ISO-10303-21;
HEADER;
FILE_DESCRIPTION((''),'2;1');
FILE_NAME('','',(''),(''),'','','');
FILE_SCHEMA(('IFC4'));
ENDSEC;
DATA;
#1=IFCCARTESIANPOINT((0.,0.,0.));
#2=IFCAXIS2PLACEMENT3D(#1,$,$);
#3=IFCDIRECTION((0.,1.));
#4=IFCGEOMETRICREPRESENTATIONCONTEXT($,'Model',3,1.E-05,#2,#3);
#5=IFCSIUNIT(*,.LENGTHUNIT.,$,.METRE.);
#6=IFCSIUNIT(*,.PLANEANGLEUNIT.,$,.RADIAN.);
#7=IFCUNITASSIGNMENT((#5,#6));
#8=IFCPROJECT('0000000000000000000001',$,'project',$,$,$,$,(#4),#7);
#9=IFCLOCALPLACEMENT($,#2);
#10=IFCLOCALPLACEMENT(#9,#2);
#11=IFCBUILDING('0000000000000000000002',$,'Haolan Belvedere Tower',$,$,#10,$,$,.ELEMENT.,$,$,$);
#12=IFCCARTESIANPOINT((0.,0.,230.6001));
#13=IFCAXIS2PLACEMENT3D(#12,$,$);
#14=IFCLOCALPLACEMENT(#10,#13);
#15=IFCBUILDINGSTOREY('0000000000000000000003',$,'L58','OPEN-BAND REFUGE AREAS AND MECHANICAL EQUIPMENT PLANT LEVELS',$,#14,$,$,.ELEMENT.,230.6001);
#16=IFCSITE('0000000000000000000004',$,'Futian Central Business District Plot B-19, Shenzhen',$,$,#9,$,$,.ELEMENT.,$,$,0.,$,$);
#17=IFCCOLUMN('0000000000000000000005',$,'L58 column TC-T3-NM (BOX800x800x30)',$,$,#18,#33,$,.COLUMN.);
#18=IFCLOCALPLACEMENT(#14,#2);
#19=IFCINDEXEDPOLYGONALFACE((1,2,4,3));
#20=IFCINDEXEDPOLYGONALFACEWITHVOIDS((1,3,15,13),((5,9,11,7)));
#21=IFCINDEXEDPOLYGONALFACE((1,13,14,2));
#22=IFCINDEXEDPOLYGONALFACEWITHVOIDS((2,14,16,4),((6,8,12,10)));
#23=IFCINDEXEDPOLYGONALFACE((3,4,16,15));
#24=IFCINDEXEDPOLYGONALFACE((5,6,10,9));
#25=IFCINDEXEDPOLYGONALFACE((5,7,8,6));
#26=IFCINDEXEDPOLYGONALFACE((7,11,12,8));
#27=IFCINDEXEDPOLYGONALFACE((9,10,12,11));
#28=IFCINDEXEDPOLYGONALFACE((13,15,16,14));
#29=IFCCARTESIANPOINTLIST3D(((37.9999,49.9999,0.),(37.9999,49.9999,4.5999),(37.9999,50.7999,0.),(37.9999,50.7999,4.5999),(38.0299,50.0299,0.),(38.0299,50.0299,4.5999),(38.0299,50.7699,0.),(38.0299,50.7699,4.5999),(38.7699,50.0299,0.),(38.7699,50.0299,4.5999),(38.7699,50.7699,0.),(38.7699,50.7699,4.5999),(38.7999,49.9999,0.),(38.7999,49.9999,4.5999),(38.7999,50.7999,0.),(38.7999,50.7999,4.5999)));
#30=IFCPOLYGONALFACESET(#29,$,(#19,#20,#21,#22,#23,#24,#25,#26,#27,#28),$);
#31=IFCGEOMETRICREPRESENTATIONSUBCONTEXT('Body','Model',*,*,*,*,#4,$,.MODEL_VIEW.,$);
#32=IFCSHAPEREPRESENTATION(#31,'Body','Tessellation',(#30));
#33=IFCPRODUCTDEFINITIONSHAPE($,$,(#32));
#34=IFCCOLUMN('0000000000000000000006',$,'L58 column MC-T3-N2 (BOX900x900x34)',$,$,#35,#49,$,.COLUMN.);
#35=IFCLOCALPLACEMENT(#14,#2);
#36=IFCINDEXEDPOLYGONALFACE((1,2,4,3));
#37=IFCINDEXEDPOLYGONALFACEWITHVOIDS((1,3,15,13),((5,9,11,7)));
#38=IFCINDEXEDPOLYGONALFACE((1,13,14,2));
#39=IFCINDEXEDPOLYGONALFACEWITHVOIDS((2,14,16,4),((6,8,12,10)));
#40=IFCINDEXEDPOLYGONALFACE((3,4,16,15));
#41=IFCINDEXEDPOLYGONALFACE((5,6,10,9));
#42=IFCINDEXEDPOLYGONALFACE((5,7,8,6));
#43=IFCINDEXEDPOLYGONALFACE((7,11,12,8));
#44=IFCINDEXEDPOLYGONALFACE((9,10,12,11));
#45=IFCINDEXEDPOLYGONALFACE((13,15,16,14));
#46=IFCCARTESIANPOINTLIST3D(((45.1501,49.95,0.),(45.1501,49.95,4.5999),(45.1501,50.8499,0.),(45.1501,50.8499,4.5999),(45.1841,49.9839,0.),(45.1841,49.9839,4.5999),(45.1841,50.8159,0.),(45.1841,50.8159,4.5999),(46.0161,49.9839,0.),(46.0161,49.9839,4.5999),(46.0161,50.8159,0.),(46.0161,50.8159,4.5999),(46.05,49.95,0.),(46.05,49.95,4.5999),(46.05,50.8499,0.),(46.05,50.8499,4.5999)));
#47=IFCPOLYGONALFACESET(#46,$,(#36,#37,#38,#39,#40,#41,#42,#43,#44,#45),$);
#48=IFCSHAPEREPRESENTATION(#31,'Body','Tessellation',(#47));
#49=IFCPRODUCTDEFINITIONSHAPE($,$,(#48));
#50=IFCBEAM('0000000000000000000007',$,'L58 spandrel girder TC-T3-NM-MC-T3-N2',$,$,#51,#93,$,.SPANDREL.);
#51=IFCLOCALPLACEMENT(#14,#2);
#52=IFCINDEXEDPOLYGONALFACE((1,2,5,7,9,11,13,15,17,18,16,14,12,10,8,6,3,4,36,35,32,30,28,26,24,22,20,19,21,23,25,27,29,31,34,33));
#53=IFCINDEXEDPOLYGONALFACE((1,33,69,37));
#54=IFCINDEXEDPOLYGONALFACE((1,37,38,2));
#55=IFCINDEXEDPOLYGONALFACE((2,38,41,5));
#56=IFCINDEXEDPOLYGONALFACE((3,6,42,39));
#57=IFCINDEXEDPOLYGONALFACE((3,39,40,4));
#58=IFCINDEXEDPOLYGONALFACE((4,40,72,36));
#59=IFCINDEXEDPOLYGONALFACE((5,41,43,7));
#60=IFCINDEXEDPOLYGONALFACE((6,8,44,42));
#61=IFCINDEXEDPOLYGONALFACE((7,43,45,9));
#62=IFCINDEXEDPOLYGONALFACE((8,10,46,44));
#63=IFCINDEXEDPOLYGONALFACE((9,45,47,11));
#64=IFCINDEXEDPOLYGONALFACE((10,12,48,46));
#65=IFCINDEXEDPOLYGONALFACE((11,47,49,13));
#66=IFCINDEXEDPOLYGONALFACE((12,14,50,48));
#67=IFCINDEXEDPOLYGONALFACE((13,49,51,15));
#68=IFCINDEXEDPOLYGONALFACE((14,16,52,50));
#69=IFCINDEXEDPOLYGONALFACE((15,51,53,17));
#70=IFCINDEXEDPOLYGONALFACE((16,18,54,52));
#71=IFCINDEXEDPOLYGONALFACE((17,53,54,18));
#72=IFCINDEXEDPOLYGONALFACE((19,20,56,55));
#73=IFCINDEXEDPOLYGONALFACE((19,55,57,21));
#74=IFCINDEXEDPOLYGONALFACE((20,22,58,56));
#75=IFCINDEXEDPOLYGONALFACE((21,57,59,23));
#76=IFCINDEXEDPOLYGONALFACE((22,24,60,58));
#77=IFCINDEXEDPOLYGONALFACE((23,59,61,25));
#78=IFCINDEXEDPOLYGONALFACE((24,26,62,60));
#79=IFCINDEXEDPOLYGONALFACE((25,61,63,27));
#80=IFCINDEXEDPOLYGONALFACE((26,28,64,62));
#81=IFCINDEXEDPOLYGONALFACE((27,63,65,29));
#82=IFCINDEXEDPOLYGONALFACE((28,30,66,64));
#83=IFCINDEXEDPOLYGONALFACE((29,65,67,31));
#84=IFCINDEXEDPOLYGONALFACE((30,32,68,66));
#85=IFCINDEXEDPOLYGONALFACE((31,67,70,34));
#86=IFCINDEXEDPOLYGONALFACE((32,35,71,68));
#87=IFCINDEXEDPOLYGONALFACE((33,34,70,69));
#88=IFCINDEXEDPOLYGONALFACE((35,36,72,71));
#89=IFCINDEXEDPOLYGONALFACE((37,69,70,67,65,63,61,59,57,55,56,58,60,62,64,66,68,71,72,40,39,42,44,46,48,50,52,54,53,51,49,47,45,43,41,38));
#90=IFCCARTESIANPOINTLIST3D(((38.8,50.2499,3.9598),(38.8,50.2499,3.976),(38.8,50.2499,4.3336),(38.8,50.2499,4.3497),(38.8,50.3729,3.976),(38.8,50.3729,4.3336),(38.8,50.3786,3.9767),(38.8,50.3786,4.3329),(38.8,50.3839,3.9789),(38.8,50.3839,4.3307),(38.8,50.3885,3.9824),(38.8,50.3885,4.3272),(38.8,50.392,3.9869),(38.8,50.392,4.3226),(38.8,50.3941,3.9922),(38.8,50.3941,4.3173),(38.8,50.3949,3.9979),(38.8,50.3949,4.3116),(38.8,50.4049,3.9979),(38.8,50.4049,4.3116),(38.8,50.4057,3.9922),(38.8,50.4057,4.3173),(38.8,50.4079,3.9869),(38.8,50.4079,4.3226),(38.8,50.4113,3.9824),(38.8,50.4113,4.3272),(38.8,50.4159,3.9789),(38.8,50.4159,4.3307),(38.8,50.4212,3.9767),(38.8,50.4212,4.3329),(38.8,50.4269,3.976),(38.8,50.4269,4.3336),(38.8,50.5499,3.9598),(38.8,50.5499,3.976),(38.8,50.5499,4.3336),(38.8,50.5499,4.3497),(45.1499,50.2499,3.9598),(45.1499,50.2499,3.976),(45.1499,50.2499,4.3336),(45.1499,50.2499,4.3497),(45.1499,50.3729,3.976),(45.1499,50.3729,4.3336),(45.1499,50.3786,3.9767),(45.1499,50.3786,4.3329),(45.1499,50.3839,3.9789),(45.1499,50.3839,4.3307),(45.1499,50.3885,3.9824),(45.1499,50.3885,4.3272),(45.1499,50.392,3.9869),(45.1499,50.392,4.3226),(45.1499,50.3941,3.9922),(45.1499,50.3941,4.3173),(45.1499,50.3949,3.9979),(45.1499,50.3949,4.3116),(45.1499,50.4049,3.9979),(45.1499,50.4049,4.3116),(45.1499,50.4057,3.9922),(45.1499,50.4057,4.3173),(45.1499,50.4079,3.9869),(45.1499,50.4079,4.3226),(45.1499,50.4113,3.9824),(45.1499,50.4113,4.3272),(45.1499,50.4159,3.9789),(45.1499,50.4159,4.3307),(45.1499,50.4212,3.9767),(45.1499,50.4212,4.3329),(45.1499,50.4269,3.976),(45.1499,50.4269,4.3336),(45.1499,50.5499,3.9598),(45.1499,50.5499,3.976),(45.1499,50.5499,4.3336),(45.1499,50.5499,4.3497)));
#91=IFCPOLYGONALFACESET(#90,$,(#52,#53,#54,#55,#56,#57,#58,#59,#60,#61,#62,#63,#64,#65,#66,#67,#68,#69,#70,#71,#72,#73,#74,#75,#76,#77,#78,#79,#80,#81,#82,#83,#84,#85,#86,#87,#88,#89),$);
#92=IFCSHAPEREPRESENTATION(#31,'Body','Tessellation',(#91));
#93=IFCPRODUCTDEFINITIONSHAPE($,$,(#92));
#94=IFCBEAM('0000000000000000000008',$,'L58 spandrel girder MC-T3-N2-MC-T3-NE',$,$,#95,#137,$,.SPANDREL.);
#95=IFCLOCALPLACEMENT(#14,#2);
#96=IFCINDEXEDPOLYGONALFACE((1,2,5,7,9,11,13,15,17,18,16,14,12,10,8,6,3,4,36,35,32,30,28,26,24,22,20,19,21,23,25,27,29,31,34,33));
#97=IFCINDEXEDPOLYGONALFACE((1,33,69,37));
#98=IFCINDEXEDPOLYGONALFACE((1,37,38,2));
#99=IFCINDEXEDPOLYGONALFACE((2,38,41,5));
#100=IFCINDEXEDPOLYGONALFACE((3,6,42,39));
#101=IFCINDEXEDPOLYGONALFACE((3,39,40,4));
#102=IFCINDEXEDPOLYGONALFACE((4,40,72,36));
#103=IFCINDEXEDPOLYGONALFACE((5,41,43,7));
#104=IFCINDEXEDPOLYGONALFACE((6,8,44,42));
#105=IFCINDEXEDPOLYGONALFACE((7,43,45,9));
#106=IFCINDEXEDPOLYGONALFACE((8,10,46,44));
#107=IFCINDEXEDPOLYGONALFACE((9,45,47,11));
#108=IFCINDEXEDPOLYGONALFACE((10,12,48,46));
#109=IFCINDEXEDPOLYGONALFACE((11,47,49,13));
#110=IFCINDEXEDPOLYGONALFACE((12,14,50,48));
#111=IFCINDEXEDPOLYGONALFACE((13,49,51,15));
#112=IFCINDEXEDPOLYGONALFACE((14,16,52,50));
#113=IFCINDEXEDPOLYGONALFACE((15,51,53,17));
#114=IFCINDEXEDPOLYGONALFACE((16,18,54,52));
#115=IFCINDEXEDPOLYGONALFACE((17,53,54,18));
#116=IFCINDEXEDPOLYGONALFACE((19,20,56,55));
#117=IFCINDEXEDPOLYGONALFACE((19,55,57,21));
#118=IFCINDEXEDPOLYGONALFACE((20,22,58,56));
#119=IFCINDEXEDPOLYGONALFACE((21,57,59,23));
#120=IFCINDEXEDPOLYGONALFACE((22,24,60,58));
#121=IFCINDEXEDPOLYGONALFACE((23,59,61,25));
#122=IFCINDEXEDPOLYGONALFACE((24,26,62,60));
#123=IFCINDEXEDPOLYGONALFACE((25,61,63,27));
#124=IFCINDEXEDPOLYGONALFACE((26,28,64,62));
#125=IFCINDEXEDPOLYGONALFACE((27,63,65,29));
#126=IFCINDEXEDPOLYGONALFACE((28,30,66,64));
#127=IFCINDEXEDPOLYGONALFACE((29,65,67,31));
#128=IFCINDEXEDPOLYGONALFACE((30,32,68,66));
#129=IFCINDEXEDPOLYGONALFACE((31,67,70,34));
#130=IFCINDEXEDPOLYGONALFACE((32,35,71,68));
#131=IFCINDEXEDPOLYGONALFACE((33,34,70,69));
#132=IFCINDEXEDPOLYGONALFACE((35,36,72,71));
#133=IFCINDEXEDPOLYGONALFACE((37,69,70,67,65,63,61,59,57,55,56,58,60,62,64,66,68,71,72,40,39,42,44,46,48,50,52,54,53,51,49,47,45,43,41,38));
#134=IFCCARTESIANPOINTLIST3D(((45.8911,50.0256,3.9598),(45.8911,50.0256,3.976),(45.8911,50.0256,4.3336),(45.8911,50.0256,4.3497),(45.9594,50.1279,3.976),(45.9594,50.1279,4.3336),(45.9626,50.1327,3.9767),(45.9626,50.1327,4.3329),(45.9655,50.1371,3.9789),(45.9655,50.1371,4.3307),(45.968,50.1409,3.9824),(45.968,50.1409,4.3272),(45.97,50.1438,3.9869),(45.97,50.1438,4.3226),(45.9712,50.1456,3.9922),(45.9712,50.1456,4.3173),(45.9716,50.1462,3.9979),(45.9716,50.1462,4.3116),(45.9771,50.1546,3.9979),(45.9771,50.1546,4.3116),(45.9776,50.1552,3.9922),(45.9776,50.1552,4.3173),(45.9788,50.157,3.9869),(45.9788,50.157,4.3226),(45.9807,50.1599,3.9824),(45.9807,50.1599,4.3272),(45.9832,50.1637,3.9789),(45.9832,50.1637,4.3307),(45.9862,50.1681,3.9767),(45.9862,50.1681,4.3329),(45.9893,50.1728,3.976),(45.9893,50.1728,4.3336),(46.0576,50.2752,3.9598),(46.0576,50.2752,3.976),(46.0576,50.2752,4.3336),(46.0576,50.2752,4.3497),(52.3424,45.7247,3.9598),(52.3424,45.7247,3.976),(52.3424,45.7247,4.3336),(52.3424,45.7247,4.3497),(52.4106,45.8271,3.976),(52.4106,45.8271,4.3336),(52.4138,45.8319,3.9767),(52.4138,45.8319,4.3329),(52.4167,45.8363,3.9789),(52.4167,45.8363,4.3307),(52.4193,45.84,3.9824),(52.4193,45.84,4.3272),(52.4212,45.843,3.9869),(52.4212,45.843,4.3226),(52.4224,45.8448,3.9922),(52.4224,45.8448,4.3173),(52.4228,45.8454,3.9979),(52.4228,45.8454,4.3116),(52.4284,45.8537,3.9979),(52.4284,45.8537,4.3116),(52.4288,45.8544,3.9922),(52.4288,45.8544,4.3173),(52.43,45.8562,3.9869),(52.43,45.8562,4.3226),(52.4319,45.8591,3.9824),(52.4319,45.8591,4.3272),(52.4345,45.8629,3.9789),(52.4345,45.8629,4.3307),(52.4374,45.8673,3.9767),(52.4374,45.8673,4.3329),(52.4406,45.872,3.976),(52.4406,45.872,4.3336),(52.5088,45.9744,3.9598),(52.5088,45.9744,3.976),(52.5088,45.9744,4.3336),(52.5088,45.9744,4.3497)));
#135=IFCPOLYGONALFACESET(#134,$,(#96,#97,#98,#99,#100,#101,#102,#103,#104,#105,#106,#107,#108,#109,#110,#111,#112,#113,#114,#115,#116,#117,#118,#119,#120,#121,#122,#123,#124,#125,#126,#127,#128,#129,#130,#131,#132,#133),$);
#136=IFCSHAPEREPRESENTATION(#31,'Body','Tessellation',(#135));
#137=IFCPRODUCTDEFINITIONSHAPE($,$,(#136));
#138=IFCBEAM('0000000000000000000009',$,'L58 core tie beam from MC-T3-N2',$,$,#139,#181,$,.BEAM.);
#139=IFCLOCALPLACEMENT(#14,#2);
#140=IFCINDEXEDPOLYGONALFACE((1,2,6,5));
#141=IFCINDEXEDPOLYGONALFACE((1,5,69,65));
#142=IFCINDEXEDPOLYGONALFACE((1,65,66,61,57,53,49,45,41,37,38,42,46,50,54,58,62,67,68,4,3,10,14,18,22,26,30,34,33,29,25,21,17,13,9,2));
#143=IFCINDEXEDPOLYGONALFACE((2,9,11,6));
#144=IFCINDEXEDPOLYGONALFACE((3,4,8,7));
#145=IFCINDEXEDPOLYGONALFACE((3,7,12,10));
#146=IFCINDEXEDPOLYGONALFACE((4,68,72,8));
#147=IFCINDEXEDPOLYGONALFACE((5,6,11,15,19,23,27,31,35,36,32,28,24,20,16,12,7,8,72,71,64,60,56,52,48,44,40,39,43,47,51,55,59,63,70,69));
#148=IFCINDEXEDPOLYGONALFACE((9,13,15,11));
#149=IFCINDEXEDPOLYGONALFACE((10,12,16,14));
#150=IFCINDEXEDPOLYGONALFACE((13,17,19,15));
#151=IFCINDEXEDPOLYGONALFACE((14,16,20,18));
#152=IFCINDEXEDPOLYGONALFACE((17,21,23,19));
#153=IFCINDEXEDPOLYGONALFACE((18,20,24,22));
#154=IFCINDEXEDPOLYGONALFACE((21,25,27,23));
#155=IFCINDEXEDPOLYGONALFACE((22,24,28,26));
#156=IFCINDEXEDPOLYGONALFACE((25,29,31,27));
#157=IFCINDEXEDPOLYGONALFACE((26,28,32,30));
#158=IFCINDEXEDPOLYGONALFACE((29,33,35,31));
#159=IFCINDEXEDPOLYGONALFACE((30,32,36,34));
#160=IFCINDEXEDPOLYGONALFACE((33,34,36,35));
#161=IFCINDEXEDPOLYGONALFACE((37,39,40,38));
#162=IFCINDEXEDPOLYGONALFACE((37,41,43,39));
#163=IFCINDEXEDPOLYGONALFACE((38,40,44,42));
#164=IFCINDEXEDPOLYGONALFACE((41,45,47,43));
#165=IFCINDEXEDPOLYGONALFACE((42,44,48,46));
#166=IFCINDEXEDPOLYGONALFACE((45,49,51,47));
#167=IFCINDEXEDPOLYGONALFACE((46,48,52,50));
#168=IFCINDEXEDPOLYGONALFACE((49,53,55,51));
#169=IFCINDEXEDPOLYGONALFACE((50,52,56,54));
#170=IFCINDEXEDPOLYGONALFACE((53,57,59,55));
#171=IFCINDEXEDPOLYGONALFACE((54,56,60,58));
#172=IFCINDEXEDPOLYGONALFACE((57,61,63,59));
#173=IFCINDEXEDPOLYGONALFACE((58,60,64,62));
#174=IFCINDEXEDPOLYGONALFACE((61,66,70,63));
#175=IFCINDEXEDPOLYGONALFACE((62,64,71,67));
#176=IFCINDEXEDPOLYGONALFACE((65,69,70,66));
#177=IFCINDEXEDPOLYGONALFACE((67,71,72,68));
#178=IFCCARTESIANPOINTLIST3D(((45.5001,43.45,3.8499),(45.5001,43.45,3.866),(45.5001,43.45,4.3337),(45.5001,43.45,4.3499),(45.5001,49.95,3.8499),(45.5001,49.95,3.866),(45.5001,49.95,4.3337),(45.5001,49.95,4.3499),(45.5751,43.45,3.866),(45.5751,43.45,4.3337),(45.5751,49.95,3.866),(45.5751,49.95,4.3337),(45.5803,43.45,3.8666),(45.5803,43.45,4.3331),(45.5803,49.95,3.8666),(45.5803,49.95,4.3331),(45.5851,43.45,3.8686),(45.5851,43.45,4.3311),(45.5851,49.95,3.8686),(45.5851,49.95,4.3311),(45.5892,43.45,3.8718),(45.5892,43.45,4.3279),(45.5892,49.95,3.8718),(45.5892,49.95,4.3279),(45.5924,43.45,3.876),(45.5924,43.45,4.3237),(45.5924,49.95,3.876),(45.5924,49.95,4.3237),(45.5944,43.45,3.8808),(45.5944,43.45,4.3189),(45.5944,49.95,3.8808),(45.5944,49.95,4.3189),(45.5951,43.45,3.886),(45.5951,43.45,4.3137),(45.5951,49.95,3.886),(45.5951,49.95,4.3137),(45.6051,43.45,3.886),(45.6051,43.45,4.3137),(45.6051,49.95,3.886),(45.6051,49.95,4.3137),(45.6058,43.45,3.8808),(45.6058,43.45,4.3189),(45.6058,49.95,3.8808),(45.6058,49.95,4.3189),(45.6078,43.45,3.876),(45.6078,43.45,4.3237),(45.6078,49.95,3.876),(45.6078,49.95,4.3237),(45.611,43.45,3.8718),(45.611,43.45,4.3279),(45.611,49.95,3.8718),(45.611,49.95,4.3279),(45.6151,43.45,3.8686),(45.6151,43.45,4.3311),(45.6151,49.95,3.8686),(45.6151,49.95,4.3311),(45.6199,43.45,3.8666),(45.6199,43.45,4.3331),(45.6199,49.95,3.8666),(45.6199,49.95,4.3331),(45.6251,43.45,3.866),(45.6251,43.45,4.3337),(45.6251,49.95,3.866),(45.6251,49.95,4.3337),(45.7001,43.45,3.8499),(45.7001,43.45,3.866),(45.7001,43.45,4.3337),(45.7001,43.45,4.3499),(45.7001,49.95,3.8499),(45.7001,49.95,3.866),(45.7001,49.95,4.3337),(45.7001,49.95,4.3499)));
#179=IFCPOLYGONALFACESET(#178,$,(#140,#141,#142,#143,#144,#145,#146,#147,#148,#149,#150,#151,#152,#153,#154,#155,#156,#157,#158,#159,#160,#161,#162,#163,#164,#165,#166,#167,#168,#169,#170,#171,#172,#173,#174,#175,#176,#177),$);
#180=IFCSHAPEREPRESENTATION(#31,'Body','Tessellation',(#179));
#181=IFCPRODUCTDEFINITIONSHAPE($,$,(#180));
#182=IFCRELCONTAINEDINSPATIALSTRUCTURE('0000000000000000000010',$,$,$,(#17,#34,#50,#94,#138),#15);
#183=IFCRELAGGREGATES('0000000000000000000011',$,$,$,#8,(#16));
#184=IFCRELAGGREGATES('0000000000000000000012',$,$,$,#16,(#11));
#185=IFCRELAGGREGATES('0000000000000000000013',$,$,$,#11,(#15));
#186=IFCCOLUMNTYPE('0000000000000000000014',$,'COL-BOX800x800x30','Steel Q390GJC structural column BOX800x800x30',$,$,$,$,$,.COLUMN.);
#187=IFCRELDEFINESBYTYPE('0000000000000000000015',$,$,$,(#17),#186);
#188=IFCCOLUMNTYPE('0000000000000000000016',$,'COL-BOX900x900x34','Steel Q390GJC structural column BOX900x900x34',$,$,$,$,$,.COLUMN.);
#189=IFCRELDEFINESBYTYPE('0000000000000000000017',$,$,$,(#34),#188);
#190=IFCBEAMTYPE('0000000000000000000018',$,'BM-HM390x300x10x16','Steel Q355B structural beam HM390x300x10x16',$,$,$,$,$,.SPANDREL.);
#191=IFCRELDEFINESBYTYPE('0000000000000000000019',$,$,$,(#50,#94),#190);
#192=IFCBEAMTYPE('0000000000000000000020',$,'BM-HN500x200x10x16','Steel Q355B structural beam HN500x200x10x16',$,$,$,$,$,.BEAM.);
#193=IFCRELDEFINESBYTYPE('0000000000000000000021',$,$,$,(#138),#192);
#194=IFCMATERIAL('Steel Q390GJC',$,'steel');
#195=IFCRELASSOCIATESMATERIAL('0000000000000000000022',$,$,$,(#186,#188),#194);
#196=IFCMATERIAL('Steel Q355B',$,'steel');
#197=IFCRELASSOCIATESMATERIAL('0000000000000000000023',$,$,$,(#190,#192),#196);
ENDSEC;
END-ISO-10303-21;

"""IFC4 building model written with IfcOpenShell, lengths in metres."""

from ifc_helpers import new_model, si_unit, direction, frame, origin, origin_2d, place, context, subcontext, project, spatial, hollow_rectangle, i_section, extrude, material, material_profile, profile_set, type_object, element, save


model = new_model("IFC4")

# Units and contexts
model_context = context("Model", 3, precision=1e-05, world=origin(), true_north=direction((0.0, 1.0)))
body_context = subcontext(model_context, "Body", "Model", "MODEL_VIEW")
ifc_project = project(units=[si_unit("LENGTHUNIT", "METRE"), si_unit("PLANEANGLEUNIT", "RADIAN")], contexts=[model_context])

# Site, building, storey
site_placement = place(None, origin())
site = spatial("IfcSite", under=ifc_project, at=site_placement, Name="Futian Central Business District Plot B-19, Shenzhen", CompositionType="ELEMENT", RefElevation=0.0)
building_placement = place(site_placement, origin())
building = spatial("IfcBuilding", under=site, at=building_placement, Name="Haolan Belvedere Tower", CompositionType="ELEMENT")
storey_placement = place(building_placement, frame((0.0, 0.0, 230.6001)))
storey = spatial("IfcBuildingStorey", under=building, at=storey_placement, Name="L58", Description="OPEN-BAND REFUGE AREAS AND MECHANICAL EQUIPMENT PLANT LEVELS", CompositionType="ELEMENT", Elevation=230.6001)

# Columns
ifc_material_1 = material(Name="Steel Q390GJC", Category="steel")
ifc_material_profile_1 = material_profile(ifc_material_1, hollow_rectangle(XDim=0.8, YDim=0.8, WallThickness=0.03, at=origin_2d()), Name="Steel Q390GJC")
ifc_profile_set_1 = profile_set([ifc_material_profile_1], Name="Steel Q390GJC")
column_type_1 = type_object("IfcColumnType", Name="COL-BOX800x800x30", Description="Steel Q390GJC structural column BOX800x800x30", PredefinedType="COLUMN", material=ifc_profile_set_1)
column_1_placement = place(storey_placement, frame((38.3999, 50.3999, 0.0), z_axis=(0.0, 0.0, 1.0), x_axis=(1.0, 0.0, 0.0)))
element("IfcColumn", 1, at=column_1_placement, inside=storey, type_object=column_type_1, Name="L58 column TC-T3-NM (BOX800x800x30)", PredefinedType="COLUMN", context=body_context, shape_type="SweptSolid", body=[
    extrude(hollow_rectangle(XDim=0.8, YDim=0.8, WallThickness=0.03, at=origin_2d()), origin(), (0.0, 0.0, 1.0), 4.5999),
])
ifc_material_profile_2 = material_profile(ifc_material_1, hollow_rectangle(XDim=0.8999, YDim=0.8999, WallThickness=0.0339, at=origin_2d()), Name="Steel Q390GJC")
ifc_profile_set_2 = profile_set([ifc_material_profile_2], Name="Steel Q390GJC")
column_type_2 = type_object("IfcColumnType", Name="COL-BOX900x900x34", Description="Steel Q390GJC structural column BOX900x900x34", PredefinedType="COLUMN", material=ifc_profile_set_2)
column_2_placement = place(storey_placement, frame((45.6001, 50.3999, 0.0), z_axis=(0.0, 0.0, 1.0), x_axis=(1.0, 0.0, 0.0)))
element("IfcColumn", 2, at=column_2_placement, inside=storey, type_object=column_type_2, Name="L58 column MC-T3-N2 (BOX900x900x34)", PredefinedType="COLUMN", context=body_context, shape_type="SweptSolid", body=[
    extrude(hollow_rectangle(XDim=0.8999, YDim=0.8999, WallThickness=0.0339, at=origin_2d()), origin(), (0.0, 0.0, 1.0), 4.5999),
])

# Beams
ifc_material_2 = material(Name="Steel Q355B", Category="steel")
ifc_material_profile_3 = material_profile(ifc_material_2, i_section(OverallWidth=0.3, OverallDepth=0.3899, WebThickness=0.01, FlangeThickness=0.0161, FilletRadius=0.022, at=origin_2d()), Name="Steel Q355B")
ifc_profile_set_3 = profile_set([ifc_material_profile_3], Name="Steel Q355B")
beam_type_1 = type_object("IfcBeamType", Name="BM-HM390x300x10x16", Description="Steel Q355B structural beam HM390x300x10x16", PredefinedType="SPANDREL", material=ifc_profile_set_3)
beam_1_placement = place(storey_placement, frame((38.8, 50.3999, 4.1548), z_axis=(1.0, 0.0, 0.0), x_axis=(0.0, 1.0, 0.0)))
element("IfcBeam", 3, at=beam_1_placement, inside=storey, type_object=beam_type_1, Name="L58 spandrel girder TC-T3-NM-MC-T3-N2", PredefinedType="SPANDREL", context=body_context, shape_type="SweptSolid", body=[
    extrude(i_section(OverallWidth=0.3, OverallDepth=0.3899, WebThickness=0.01, FlangeThickness=0.0161, FilletRadius=0.022, at=origin_2d()), origin(), (0.0, 0.0, 1.0), 6.3499),
])
beam_2_placement = place(storey_placement, frame((45.9744, 50.1504, 4.1548), z_axis=(0.83205, -0.5547, 0.0), x_axis=(0.5547, 0.83205, 0.0)))
element("IfcBeam", 4, at=beam_2_placement, inside=storey, type_object=beam_type_1, Name="L58 spandrel girder MC-T3-N2-MC-T3-NE", PredefinedType="SPANDREL", context=body_context, shape_type="SweptSolid", body=[
    extrude(i_section(OverallWidth=0.3, OverallDepth=0.3899, WebThickness=0.01, FlangeThickness=0.0161, FilletRadius=0.022, at=origin_2d()), origin(), (0.0, 0.0, 1.0), 7.7534),
])
ifc_material_profile_4 = material_profile(ifc_material_2, i_section(OverallWidth=0.2, OverallDepth=0.5, WebThickness=0.01, FlangeThickness=0.0161, FilletRadius=0.02, at=origin_2d()), Name="Steel Q355B")
ifc_profile_set_4 = profile_set([ifc_material_profile_4], Name="Steel Q355B")
beam_type_2 = type_object("IfcBeamType", Name="BM-HN500x200x10x16", Description="Steel Q355B structural beam HN500x200x10x16", PredefinedType="BEAM", material=ifc_profile_set_4)
beam_3_placement = place(storey_placement, frame((45.6001, 49.95, 4.0999), z_axis=(0.0, -1.0, 0.0), x_axis=(1.0, 0.0, 0.0)))
element("IfcBeam", 5, at=beam_3_placement, inside=storey, type_object=beam_type_2, Name="L58 core tie beam from MC-T3-N2", PredefinedType="BEAM", context=body_context, shape_type="SweptSolid", body=[
    extrude(i_section(OverallWidth=0.2, OverallDepth=0.5, WebThickness=0.01, FlangeThickness=0.0161, FilletRadius=0.02, at=origin_2d()), origin(), (0.0, 0.0, 1.0), 6.5),
])

save(model, "model.ifc")
